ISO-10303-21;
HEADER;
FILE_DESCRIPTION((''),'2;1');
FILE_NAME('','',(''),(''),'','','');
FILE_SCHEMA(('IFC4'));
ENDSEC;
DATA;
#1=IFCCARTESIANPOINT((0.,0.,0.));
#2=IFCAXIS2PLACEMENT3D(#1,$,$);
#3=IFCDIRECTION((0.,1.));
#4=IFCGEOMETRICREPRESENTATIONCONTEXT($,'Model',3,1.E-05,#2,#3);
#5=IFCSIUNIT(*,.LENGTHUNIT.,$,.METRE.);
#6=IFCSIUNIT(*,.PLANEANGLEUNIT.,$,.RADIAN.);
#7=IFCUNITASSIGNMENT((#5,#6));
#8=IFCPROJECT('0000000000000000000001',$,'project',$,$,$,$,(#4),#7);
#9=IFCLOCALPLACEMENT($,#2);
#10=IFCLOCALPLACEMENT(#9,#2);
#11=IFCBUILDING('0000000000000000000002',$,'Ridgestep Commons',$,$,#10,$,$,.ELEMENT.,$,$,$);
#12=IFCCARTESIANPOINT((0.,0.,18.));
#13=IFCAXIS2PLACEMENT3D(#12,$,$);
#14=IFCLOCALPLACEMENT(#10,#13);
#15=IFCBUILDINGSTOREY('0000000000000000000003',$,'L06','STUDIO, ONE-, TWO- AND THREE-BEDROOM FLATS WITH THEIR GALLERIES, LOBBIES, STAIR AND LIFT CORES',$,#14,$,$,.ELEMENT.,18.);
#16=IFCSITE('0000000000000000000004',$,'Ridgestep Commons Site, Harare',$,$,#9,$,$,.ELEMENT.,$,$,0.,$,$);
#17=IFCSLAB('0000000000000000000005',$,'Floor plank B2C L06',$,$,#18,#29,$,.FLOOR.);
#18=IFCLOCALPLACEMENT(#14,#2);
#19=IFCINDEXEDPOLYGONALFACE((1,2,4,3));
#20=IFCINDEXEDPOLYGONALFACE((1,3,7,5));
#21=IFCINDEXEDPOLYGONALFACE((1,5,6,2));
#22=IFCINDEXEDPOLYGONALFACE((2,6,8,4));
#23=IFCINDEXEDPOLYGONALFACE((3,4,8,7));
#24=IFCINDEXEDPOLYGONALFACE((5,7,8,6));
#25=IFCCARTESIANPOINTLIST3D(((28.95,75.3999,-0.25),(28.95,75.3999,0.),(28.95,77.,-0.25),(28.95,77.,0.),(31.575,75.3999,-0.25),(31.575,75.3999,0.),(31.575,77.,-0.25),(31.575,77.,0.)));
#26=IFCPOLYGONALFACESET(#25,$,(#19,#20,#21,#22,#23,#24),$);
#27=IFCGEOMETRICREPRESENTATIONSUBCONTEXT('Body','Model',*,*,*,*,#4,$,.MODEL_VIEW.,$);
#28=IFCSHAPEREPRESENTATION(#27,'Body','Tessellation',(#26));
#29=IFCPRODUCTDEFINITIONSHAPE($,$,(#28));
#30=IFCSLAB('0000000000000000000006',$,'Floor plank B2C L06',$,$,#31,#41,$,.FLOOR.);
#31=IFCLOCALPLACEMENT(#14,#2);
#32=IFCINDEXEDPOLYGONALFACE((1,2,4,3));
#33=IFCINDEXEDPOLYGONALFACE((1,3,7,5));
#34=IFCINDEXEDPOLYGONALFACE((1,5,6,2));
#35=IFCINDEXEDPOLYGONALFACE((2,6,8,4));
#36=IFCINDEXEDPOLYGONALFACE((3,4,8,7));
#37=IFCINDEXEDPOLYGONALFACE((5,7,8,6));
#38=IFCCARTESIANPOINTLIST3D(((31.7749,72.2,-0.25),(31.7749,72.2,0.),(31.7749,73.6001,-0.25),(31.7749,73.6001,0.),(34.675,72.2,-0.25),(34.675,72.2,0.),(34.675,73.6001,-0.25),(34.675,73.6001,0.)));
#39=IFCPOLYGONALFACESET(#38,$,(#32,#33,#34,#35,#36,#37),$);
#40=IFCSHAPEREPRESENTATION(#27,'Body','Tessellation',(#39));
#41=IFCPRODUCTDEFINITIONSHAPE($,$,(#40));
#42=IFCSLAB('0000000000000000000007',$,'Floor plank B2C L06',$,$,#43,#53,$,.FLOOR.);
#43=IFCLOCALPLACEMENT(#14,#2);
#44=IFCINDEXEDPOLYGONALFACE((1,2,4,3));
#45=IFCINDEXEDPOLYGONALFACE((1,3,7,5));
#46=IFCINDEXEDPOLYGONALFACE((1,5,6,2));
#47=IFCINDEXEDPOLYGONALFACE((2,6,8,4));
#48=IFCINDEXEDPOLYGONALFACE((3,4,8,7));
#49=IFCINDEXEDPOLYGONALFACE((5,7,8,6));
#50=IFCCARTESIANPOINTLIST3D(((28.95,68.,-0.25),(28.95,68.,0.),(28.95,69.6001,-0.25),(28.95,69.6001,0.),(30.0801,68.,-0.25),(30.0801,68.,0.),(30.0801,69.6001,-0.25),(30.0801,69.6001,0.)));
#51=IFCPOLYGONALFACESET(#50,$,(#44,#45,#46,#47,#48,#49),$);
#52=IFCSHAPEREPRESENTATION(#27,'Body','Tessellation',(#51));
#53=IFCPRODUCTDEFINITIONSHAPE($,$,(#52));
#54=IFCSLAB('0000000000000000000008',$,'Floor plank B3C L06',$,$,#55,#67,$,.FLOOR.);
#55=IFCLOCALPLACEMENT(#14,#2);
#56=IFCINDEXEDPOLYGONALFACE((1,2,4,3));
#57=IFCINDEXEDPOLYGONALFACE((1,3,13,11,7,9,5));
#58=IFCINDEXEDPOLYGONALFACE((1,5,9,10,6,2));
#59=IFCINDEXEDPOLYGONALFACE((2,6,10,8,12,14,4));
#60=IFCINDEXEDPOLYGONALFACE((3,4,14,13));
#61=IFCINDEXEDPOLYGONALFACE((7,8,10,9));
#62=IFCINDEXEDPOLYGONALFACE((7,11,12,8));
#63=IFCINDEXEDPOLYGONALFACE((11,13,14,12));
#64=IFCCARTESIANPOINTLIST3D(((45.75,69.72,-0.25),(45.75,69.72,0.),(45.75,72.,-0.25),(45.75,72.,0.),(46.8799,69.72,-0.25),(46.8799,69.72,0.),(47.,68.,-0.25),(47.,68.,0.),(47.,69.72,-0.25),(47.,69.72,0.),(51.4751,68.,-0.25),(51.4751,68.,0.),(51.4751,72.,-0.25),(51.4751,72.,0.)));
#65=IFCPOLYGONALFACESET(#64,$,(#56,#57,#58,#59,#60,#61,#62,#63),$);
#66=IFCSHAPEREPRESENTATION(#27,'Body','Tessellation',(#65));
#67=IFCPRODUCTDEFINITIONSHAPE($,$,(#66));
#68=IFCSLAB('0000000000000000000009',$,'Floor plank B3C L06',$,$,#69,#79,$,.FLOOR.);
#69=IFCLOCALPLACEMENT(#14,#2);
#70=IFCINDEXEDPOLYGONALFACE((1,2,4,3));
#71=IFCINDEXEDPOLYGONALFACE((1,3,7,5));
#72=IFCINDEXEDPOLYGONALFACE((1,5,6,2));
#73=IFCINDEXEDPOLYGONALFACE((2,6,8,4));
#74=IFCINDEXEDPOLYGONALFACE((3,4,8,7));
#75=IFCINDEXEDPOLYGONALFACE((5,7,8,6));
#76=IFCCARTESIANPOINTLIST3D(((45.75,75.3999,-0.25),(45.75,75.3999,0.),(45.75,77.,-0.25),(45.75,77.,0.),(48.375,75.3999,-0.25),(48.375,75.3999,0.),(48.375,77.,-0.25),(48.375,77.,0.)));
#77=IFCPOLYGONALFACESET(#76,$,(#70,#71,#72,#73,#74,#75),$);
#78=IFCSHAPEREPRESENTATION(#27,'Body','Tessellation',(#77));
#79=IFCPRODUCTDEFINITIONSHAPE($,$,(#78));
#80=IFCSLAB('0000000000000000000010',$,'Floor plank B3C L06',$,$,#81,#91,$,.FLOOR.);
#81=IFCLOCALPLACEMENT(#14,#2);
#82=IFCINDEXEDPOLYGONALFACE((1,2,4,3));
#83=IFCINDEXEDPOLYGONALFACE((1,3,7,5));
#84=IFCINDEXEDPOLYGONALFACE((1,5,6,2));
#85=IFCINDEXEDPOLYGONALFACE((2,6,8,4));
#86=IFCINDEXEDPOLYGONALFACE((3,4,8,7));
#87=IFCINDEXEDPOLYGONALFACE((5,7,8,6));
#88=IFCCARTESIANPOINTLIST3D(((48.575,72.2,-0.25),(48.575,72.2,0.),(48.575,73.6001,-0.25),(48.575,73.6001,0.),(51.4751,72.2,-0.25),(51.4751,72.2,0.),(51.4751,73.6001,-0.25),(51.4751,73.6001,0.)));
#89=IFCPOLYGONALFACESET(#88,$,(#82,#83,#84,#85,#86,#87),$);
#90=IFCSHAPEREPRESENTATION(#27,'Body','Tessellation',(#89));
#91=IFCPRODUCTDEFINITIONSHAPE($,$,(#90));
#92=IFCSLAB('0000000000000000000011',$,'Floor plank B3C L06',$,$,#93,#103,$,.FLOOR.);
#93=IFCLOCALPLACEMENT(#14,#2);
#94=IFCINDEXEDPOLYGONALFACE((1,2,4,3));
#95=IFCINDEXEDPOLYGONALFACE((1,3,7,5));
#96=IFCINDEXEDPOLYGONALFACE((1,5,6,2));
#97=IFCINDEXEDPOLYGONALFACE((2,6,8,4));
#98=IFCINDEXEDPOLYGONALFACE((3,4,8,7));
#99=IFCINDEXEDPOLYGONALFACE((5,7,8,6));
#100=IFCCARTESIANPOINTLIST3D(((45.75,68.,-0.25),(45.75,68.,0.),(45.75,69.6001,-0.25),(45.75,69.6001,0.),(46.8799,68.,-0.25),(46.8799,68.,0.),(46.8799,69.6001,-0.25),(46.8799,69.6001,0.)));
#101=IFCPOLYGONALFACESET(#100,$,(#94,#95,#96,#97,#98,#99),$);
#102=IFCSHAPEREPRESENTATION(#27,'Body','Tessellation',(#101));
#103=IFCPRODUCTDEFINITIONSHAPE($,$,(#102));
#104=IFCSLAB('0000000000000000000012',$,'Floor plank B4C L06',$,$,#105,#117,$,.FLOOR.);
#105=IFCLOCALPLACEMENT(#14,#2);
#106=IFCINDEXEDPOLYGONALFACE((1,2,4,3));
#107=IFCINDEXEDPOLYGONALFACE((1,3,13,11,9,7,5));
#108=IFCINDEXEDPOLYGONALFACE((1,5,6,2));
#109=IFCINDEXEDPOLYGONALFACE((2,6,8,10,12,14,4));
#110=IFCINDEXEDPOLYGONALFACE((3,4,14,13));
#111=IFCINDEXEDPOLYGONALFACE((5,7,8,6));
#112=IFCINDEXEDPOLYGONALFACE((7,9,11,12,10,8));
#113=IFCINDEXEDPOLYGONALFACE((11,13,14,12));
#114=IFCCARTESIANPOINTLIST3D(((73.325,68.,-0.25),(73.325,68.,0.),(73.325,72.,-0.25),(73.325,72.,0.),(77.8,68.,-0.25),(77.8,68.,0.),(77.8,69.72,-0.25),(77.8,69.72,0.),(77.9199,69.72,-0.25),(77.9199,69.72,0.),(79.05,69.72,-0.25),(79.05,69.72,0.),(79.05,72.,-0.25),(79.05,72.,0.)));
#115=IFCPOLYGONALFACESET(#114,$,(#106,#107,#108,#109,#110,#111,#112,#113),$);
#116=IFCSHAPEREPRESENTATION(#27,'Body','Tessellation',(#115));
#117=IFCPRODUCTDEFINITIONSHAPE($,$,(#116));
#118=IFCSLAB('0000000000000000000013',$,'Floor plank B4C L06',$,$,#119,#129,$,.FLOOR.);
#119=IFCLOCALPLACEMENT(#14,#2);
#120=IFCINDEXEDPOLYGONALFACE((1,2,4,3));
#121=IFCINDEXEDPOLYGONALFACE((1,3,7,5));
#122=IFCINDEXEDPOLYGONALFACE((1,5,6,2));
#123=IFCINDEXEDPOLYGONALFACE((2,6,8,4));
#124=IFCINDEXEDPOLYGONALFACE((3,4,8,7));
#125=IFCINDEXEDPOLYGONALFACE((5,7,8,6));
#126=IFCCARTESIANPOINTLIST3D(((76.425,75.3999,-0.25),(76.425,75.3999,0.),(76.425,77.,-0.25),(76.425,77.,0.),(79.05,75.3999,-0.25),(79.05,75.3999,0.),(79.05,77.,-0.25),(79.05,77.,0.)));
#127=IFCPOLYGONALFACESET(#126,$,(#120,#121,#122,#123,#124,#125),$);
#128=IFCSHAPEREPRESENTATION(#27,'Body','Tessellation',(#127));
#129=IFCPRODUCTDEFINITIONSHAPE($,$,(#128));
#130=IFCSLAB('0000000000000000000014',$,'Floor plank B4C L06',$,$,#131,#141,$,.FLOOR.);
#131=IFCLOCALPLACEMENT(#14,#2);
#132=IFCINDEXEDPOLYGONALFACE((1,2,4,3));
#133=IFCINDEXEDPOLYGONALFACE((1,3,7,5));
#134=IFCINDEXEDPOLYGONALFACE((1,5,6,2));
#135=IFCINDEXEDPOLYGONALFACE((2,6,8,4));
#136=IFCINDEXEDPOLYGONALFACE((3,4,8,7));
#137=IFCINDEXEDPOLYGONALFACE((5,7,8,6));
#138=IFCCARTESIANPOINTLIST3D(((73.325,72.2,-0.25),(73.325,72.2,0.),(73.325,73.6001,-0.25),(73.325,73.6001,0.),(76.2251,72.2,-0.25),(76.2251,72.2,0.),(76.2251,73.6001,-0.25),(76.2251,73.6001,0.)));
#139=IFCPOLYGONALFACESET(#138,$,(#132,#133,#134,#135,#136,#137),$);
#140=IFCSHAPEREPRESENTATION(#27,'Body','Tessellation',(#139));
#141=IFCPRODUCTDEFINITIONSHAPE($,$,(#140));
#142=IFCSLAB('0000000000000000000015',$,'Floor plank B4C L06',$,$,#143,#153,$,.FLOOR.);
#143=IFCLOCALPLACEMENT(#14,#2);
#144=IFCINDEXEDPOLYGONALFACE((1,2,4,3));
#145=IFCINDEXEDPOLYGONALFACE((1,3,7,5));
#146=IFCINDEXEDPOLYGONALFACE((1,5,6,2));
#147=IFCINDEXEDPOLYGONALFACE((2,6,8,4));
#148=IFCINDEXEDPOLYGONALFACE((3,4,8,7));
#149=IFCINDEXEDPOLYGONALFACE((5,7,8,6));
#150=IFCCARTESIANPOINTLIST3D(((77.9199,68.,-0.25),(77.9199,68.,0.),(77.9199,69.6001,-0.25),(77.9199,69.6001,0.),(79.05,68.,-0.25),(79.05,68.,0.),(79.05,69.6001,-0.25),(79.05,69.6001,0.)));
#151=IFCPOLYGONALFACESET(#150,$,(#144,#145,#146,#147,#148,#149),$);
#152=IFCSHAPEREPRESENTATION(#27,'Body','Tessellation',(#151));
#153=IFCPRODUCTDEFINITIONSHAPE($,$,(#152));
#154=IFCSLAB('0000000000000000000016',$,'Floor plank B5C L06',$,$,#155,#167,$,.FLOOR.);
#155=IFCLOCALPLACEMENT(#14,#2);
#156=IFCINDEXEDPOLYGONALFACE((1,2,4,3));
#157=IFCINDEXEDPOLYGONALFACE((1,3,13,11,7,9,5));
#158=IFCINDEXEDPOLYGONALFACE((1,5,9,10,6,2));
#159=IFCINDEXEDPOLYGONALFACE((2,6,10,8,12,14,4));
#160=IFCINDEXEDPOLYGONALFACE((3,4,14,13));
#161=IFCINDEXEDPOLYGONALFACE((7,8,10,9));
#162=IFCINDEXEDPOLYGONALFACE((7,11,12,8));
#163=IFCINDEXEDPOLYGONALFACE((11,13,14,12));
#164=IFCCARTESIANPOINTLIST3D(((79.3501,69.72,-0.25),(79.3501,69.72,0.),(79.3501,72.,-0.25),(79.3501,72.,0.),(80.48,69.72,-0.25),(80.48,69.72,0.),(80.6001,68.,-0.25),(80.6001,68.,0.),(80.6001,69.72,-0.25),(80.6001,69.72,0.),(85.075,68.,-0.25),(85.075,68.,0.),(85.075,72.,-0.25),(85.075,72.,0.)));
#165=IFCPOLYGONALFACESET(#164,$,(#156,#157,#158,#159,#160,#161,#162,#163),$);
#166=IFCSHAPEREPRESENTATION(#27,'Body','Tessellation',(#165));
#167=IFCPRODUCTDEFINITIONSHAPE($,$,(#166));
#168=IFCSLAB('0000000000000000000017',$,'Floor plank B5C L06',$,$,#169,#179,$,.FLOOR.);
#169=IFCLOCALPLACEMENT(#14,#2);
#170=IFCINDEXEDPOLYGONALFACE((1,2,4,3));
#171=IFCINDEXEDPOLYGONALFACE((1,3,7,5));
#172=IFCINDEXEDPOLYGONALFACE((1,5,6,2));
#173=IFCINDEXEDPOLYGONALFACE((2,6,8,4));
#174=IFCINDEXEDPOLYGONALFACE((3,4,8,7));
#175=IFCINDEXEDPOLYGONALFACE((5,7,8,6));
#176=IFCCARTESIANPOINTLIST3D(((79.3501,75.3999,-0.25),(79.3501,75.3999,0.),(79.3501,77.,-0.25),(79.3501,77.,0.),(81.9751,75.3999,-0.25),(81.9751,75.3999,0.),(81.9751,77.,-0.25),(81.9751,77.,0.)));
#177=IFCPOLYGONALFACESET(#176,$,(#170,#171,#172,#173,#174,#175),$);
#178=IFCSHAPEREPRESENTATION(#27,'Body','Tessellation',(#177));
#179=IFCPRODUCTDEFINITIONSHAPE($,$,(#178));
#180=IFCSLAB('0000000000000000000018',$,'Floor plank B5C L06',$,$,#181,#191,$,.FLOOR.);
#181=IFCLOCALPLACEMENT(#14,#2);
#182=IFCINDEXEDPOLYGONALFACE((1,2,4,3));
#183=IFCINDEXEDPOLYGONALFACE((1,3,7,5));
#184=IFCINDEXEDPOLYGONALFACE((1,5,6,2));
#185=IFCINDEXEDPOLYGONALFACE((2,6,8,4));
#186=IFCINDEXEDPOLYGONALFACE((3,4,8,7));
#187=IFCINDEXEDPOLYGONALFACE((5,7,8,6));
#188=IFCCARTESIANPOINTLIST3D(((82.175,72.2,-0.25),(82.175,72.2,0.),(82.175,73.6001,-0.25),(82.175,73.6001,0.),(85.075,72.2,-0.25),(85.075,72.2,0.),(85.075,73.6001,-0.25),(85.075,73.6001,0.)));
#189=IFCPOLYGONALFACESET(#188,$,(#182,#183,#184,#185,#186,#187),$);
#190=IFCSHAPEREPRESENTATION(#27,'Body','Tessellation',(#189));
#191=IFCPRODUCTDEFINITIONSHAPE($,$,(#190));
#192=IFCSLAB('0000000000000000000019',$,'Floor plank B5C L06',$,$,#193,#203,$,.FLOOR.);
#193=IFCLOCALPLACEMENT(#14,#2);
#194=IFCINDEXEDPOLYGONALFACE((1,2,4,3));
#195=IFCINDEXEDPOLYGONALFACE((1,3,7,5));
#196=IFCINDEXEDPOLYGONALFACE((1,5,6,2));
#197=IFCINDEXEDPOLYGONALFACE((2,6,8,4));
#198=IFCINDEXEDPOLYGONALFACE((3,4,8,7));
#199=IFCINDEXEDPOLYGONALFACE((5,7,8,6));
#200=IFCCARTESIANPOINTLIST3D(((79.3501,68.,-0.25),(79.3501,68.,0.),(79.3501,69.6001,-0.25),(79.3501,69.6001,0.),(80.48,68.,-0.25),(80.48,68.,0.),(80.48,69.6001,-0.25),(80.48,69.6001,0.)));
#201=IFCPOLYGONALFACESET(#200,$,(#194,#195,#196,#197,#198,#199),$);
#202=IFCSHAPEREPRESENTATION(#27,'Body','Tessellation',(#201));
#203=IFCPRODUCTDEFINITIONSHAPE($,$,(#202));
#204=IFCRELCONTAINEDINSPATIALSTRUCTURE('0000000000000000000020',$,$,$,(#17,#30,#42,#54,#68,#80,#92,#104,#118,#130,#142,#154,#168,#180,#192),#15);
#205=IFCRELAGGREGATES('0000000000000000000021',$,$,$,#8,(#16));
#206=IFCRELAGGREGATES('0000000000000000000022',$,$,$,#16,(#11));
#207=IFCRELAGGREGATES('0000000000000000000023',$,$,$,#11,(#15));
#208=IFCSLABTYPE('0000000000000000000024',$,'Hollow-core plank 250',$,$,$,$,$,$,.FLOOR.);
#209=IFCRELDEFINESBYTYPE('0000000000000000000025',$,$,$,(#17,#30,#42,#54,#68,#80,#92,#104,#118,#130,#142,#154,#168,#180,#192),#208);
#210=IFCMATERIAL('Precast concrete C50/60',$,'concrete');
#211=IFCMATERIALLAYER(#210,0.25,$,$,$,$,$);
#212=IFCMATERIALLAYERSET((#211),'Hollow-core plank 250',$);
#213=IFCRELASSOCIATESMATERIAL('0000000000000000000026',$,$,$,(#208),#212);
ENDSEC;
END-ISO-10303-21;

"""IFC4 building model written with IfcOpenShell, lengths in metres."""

from ifc_helpers import new_model, si_unit, direction, frame, origin, place, context, subcontext, project, spatial, polyline, outline, extrude, material, layer, layer_set, type_object, element, save


model = new_model("IFC4")

# Units and contexts
model_context = context("Model", 3, precision=1e-05, world=origin(), true_north=direction((0.0, 1.0)))
body_context = subcontext(model_context, "Body", "Model", "MODEL_VIEW")
ifc_project = project(units=[si_unit("LENGTHUNIT", "METRE"), si_unit("PLANEANGLEUNIT", "RADIAN")], contexts=[model_context])

# Site, building, storey
site_placement = place(None, origin())
site = spatial("IfcSite", under=ifc_project, at=site_placement, Name="Ridgestep Commons Site, Harare", CompositionType="ELEMENT", RefElevation=0.0)
building_placement = place(site_placement, origin())
building = spatial("IfcBuilding", under=site, at=building_placement, Name="Ridgestep Commons", CompositionType="ELEMENT")
storey_placement = place(building_placement, frame((0.0, 0.0, 18.0)))
storey = spatial("IfcBuildingStorey", under=building, at=storey_placement, Name="L06", Description="STUDIO, ONE-, TWO- AND THREE-BEDROOM FLATS WITH THEIR GALLERIES, LOBBIES, STAIR AND LIFT CORES", CompositionType="ELEMENT", Elevation=18.0)

# Slabs
ifc_material_1 = material(Name="Precast concrete C50/60", Category="concrete")
ifc_layer_1 = layer(ifc_material_1, 0.25)
ifc_layer_set_1 = layer_set([ifc_layer_1], Name="Hollow-core plank 250")
slab_type_1 = type_object("IfcSlabType", Name="Hollow-core plank 250", PredefinedType="FLOOR", material=ifc_layer_set_1)
slab_1_placement = place(storey_placement, frame((0.0, 0.0, -0.25)))
element("IfcSlab", 1, at=slab_1_placement, inside=storey, type_object=slab_type_1, Name="Floor plank B2C L06", PredefinedType="FLOOR", context=body_context, shape_type="SweptSolid", body=[
    extrude(outline(polyline([(31.575, 77.0), (28.95, 77.0), (28.95, 75.3999), (31.575, 75.3999), (31.575, 77.0)])), origin(), (0.0, 0.0, 1.0), 0.25),
])
slab_2_placement = place(storey_placement, frame((0.0, 0.0, -0.25)))
element("IfcSlab", 2, at=slab_2_placement, inside=storey, type_object=slab_type_1, Name="Floor plank B2C L06", PredefinedType="FLOOR", context=body_context, shape_type="SweptSolid", body=[
    extrude(outline(polyline([(34.675, 72.2), (34.675, 73.6001), (31.7749, 73.6001), (31.7749, 72.2), (34.675, 72.2)])), origin(), (0.0, 0.0, 1.0), 0.25),
])
slab_3_placement = place(storey_placement, frame((0.0, 0.0, -0.25)))
element("IfcSlab", 3, at=slab_3_placement, inside=storey, type_object=slab_type_1, Name="Floor plank B2C L06", PredefinedType="FLOOR", context=body_context, shape_type="SweptSolid", body=[
    extrude(outline(polyline([(30.0801, 69.6001), (28.95, 69.6001), (28.95, 68.0), (30.0801, 68.0), (30.0801, 69.6001)])), origin(), (0.0, 0.0, 1.0), 0.25),
])
slab_4_placement = place(storey_placement, frame((0.0, 0.0, -0.25)))
element("IfcSlab", 4, at=slab_4_placement, inside=storey, type_object=slab_type_1, Name="Floor plank B3C L06", PredefinedType="FLOOR", context=body_context, shape_type="SweptSolid", body=[
    extrude(outline(polyline([(47.0, 68.0), (51.4751, 68.0), (51.4751, 72.0), (45.75, 72.0), (45.75, 69.72), (46.8799, 69.72), (47.0, 69.72), (47.0, 68.0)])), origin(), (0.0, 0.0, 1.0), 0.25),
])
slab_5_placement = place(storey_placement, frame((0.0, 0.0, -0.25)))
element("IfcSlab", 5, at=slab_5_placement, inside=storey, type_object=slab_type_1, Name="Floor plank B3C L06", PredefinedType="FLOOR", context=body_context, shape_type="SweptSolid", body=[
    extrude(outline(polyline([(48.375, 77.0), (45.75, 77.0), (45.75, 75.3999), (48.375, 75.3999), (48.375, 77.0)])), origin(), (0.0, 0.0, 1.0), 0.25),
])
slab_6_placement = place(storey_placement, frame((0.0, 0.0, -0.25)))
element("IfcSlab", 6, at=slab_6_placement, inside=storey, type_object=slab_type_1, Name="Floor plank B3C L06", PredefinedType="FLOOR", context=body_context, shape_type="SweptSolid", body=[
    extrude(outline(polyline([(51.4751, 72.2), (51.4751, 73.6001), (48.575, 73.6001), (48.575, 72.2), (51.4751, 72.2)])), origin(), (0.0, 0.0, 1.0), 0.25),
])
slab_7_placement = place(storey_placement, frame((0.0, 0.0, -0.25)))
element("IfcSlab", 7, at=slab_7_placement, inside=storey, type_object=slab_type_1, Name="Floor plank B3C L06", PredefinedType="FLOOR", context=body_context, shape_type="SweptSolid", body=[
    extrude(outline(polyline([(46.8799, 69.6001), (45.75, 69.6001), (45.75, 68.0), (46.8799, 68.0), (46.8799, 69.6001)])), origin(), (0.0, 0.0, 1.0), 0.25),
])
slab_8_placement = place(storey_placement, frame((0.0, 0.0, -0.25)))
element("IfcSlab", 8, at=slab_8_placement, inside=storey, type_object=slab_type_1, Name="Floor plank B4C L06", PredefinedType="FLOOR", context=body_context, shape_type="SweptSolid", body=[
    extrude(outline(polyline([(77.9199, 69.72), (79.05, 69.72), (79.05, 72.0), (73.325, 72.0), (73.325, 68.0), (77.8, 68.0), (77.8, 69.72), (77.9199, 69.72)])), origin(), (0.0, 0.0, 1.0), 0.25),
])
slab_9_placement = place(storey_placement, frame((0.0, 0.0, -0.25)))
element("IfcSlab", 9, at=slab_9_placement, inside=storey, type_object=slab_type_1, Name="Floor plank B4C L06", PredefinedType="FLOOR", context=body_context, shape_type="SweptSolid", body=[
    extrude(outline(polyline([(79.05, 75.3999), (79.05, 77.0), (76.425, 77.0), (76.425, 75.3999), (79.05, 75.3999)])), origin(), (0.0, 0.0, 1.0), 0.25),
])
slab_10_placement = place(storey_placement, frame((0.0, 0.0, -0.25)))
element("IfcSlab", 10, at=slab_10_placement, inside=storey, type_object=slab_type_1, Name="Floor plank B4C L06", PredefinedType="FLOOR", context=body_context, shape_type="SweptSolid", body=[
    extrude(outline(polyline([(76.2251, 72.2), (76.2251, 73.6001), (73.325, 73.6001), (73.325, 72.2), (76.2251, 72.2)])), origin(), (0.0, 0.0, 1.0), 0.25),
])
slab_11_placement = place(storey_placement, frame((0.0, 0.0, -0.25)))
element("IfcSlab", 11, at=slab_11_placement, inside=storey, type_object=slab_type_1, Name="Floor plank B4C L06", PredefinedType="FLOOR", context=body_context, shape_type="SweptSolid", body=[
    extrude(outline(polyline([(77.9199, 68.0), (79.05, 68.0), (79.05, 69.6001), (77.9199, 69.6001), (77.9199, 68.0)])), origin(), (0.0, 0.0, 1.0), 0.25),
])
slab_12_placement = place(storey_placement, frame((0.0, 0.0, -0.25)))
element("IfcSlab", 12, at=slab_12_placement, inside=storey, type_object=slab_type_1, Name="Floor plank B5C L06", PredefinedType="FLOOR", context=body_context, shape_type="SweptSolid", body=[
    extrude(outline(polyline([(80.6001, 68.0), (85.075, 68.0), (85.075, 72.0), (79.3501, 72.0), (79.3501, 69.72), (80.48, 69.72), (80.6001, 69.72), (80.6001, 68.0)])), origin(), (0.0, 0.0, 1.0), 0.25),
])
slab_13_placement = place(storey_placement, frame((0.0, 0.0, -0.25)))
element("IfcSlab", 13, at=slab_13_placement, inside=storey, type_object=slab_type_1, Name="Floor plank B5C L06", PredefinedType="FLOOR", context=body_context, shape_type="SweptSolid", body=[
    extrude(outline(polyline([(81.9751, 77.0), (79.3501, 77.0), (79.3501, 75.3999), (81.9751, 75.3999), (81.9751, 77.0)])), origin(), (0.0, 0.0, 1.0), 0.25),
])
slab_14_placement = place(storey_placement, frame((0.0, 0.0, -0.25)))
element("IfcSlab", 14, at=slab_14_placement, inside=storey, type_object=slab_type_1, Name="Floor plank B5C L06", PredefinedType="FLOOR", context=body_context, shape_type="SweptSolid", body=[
    extrude(outline(polyline([(85.075, 72.2), (85.075, 73.6001), (82.175, 73.6001), (82.175, 72.2), (85.075, 72.2)])), origin(), (0.0, 0.0, 1.0), 0.25),
])
slab_15_placement = place(storey_placement, frame((0.0, 0.0, -0.25)))
element("IfcSlab", 15, at=slab_15_placement, inside=storey, type_object=slab_type_1, Name="Floor plank B5C L06", PredefinedType="FLOOR", context=body_context, shape_type="SweptSolid", body=[
    extrude(outline(polyline([(80.48, 69.6001), (79.3501, 69.6001), (79.3501, 68.0), (80.48, 68.0), (80.48, 69.6001)])), origin(), (0.0, 0.0, 1.0), 0.25),
])

save(model, "model.ifc")
